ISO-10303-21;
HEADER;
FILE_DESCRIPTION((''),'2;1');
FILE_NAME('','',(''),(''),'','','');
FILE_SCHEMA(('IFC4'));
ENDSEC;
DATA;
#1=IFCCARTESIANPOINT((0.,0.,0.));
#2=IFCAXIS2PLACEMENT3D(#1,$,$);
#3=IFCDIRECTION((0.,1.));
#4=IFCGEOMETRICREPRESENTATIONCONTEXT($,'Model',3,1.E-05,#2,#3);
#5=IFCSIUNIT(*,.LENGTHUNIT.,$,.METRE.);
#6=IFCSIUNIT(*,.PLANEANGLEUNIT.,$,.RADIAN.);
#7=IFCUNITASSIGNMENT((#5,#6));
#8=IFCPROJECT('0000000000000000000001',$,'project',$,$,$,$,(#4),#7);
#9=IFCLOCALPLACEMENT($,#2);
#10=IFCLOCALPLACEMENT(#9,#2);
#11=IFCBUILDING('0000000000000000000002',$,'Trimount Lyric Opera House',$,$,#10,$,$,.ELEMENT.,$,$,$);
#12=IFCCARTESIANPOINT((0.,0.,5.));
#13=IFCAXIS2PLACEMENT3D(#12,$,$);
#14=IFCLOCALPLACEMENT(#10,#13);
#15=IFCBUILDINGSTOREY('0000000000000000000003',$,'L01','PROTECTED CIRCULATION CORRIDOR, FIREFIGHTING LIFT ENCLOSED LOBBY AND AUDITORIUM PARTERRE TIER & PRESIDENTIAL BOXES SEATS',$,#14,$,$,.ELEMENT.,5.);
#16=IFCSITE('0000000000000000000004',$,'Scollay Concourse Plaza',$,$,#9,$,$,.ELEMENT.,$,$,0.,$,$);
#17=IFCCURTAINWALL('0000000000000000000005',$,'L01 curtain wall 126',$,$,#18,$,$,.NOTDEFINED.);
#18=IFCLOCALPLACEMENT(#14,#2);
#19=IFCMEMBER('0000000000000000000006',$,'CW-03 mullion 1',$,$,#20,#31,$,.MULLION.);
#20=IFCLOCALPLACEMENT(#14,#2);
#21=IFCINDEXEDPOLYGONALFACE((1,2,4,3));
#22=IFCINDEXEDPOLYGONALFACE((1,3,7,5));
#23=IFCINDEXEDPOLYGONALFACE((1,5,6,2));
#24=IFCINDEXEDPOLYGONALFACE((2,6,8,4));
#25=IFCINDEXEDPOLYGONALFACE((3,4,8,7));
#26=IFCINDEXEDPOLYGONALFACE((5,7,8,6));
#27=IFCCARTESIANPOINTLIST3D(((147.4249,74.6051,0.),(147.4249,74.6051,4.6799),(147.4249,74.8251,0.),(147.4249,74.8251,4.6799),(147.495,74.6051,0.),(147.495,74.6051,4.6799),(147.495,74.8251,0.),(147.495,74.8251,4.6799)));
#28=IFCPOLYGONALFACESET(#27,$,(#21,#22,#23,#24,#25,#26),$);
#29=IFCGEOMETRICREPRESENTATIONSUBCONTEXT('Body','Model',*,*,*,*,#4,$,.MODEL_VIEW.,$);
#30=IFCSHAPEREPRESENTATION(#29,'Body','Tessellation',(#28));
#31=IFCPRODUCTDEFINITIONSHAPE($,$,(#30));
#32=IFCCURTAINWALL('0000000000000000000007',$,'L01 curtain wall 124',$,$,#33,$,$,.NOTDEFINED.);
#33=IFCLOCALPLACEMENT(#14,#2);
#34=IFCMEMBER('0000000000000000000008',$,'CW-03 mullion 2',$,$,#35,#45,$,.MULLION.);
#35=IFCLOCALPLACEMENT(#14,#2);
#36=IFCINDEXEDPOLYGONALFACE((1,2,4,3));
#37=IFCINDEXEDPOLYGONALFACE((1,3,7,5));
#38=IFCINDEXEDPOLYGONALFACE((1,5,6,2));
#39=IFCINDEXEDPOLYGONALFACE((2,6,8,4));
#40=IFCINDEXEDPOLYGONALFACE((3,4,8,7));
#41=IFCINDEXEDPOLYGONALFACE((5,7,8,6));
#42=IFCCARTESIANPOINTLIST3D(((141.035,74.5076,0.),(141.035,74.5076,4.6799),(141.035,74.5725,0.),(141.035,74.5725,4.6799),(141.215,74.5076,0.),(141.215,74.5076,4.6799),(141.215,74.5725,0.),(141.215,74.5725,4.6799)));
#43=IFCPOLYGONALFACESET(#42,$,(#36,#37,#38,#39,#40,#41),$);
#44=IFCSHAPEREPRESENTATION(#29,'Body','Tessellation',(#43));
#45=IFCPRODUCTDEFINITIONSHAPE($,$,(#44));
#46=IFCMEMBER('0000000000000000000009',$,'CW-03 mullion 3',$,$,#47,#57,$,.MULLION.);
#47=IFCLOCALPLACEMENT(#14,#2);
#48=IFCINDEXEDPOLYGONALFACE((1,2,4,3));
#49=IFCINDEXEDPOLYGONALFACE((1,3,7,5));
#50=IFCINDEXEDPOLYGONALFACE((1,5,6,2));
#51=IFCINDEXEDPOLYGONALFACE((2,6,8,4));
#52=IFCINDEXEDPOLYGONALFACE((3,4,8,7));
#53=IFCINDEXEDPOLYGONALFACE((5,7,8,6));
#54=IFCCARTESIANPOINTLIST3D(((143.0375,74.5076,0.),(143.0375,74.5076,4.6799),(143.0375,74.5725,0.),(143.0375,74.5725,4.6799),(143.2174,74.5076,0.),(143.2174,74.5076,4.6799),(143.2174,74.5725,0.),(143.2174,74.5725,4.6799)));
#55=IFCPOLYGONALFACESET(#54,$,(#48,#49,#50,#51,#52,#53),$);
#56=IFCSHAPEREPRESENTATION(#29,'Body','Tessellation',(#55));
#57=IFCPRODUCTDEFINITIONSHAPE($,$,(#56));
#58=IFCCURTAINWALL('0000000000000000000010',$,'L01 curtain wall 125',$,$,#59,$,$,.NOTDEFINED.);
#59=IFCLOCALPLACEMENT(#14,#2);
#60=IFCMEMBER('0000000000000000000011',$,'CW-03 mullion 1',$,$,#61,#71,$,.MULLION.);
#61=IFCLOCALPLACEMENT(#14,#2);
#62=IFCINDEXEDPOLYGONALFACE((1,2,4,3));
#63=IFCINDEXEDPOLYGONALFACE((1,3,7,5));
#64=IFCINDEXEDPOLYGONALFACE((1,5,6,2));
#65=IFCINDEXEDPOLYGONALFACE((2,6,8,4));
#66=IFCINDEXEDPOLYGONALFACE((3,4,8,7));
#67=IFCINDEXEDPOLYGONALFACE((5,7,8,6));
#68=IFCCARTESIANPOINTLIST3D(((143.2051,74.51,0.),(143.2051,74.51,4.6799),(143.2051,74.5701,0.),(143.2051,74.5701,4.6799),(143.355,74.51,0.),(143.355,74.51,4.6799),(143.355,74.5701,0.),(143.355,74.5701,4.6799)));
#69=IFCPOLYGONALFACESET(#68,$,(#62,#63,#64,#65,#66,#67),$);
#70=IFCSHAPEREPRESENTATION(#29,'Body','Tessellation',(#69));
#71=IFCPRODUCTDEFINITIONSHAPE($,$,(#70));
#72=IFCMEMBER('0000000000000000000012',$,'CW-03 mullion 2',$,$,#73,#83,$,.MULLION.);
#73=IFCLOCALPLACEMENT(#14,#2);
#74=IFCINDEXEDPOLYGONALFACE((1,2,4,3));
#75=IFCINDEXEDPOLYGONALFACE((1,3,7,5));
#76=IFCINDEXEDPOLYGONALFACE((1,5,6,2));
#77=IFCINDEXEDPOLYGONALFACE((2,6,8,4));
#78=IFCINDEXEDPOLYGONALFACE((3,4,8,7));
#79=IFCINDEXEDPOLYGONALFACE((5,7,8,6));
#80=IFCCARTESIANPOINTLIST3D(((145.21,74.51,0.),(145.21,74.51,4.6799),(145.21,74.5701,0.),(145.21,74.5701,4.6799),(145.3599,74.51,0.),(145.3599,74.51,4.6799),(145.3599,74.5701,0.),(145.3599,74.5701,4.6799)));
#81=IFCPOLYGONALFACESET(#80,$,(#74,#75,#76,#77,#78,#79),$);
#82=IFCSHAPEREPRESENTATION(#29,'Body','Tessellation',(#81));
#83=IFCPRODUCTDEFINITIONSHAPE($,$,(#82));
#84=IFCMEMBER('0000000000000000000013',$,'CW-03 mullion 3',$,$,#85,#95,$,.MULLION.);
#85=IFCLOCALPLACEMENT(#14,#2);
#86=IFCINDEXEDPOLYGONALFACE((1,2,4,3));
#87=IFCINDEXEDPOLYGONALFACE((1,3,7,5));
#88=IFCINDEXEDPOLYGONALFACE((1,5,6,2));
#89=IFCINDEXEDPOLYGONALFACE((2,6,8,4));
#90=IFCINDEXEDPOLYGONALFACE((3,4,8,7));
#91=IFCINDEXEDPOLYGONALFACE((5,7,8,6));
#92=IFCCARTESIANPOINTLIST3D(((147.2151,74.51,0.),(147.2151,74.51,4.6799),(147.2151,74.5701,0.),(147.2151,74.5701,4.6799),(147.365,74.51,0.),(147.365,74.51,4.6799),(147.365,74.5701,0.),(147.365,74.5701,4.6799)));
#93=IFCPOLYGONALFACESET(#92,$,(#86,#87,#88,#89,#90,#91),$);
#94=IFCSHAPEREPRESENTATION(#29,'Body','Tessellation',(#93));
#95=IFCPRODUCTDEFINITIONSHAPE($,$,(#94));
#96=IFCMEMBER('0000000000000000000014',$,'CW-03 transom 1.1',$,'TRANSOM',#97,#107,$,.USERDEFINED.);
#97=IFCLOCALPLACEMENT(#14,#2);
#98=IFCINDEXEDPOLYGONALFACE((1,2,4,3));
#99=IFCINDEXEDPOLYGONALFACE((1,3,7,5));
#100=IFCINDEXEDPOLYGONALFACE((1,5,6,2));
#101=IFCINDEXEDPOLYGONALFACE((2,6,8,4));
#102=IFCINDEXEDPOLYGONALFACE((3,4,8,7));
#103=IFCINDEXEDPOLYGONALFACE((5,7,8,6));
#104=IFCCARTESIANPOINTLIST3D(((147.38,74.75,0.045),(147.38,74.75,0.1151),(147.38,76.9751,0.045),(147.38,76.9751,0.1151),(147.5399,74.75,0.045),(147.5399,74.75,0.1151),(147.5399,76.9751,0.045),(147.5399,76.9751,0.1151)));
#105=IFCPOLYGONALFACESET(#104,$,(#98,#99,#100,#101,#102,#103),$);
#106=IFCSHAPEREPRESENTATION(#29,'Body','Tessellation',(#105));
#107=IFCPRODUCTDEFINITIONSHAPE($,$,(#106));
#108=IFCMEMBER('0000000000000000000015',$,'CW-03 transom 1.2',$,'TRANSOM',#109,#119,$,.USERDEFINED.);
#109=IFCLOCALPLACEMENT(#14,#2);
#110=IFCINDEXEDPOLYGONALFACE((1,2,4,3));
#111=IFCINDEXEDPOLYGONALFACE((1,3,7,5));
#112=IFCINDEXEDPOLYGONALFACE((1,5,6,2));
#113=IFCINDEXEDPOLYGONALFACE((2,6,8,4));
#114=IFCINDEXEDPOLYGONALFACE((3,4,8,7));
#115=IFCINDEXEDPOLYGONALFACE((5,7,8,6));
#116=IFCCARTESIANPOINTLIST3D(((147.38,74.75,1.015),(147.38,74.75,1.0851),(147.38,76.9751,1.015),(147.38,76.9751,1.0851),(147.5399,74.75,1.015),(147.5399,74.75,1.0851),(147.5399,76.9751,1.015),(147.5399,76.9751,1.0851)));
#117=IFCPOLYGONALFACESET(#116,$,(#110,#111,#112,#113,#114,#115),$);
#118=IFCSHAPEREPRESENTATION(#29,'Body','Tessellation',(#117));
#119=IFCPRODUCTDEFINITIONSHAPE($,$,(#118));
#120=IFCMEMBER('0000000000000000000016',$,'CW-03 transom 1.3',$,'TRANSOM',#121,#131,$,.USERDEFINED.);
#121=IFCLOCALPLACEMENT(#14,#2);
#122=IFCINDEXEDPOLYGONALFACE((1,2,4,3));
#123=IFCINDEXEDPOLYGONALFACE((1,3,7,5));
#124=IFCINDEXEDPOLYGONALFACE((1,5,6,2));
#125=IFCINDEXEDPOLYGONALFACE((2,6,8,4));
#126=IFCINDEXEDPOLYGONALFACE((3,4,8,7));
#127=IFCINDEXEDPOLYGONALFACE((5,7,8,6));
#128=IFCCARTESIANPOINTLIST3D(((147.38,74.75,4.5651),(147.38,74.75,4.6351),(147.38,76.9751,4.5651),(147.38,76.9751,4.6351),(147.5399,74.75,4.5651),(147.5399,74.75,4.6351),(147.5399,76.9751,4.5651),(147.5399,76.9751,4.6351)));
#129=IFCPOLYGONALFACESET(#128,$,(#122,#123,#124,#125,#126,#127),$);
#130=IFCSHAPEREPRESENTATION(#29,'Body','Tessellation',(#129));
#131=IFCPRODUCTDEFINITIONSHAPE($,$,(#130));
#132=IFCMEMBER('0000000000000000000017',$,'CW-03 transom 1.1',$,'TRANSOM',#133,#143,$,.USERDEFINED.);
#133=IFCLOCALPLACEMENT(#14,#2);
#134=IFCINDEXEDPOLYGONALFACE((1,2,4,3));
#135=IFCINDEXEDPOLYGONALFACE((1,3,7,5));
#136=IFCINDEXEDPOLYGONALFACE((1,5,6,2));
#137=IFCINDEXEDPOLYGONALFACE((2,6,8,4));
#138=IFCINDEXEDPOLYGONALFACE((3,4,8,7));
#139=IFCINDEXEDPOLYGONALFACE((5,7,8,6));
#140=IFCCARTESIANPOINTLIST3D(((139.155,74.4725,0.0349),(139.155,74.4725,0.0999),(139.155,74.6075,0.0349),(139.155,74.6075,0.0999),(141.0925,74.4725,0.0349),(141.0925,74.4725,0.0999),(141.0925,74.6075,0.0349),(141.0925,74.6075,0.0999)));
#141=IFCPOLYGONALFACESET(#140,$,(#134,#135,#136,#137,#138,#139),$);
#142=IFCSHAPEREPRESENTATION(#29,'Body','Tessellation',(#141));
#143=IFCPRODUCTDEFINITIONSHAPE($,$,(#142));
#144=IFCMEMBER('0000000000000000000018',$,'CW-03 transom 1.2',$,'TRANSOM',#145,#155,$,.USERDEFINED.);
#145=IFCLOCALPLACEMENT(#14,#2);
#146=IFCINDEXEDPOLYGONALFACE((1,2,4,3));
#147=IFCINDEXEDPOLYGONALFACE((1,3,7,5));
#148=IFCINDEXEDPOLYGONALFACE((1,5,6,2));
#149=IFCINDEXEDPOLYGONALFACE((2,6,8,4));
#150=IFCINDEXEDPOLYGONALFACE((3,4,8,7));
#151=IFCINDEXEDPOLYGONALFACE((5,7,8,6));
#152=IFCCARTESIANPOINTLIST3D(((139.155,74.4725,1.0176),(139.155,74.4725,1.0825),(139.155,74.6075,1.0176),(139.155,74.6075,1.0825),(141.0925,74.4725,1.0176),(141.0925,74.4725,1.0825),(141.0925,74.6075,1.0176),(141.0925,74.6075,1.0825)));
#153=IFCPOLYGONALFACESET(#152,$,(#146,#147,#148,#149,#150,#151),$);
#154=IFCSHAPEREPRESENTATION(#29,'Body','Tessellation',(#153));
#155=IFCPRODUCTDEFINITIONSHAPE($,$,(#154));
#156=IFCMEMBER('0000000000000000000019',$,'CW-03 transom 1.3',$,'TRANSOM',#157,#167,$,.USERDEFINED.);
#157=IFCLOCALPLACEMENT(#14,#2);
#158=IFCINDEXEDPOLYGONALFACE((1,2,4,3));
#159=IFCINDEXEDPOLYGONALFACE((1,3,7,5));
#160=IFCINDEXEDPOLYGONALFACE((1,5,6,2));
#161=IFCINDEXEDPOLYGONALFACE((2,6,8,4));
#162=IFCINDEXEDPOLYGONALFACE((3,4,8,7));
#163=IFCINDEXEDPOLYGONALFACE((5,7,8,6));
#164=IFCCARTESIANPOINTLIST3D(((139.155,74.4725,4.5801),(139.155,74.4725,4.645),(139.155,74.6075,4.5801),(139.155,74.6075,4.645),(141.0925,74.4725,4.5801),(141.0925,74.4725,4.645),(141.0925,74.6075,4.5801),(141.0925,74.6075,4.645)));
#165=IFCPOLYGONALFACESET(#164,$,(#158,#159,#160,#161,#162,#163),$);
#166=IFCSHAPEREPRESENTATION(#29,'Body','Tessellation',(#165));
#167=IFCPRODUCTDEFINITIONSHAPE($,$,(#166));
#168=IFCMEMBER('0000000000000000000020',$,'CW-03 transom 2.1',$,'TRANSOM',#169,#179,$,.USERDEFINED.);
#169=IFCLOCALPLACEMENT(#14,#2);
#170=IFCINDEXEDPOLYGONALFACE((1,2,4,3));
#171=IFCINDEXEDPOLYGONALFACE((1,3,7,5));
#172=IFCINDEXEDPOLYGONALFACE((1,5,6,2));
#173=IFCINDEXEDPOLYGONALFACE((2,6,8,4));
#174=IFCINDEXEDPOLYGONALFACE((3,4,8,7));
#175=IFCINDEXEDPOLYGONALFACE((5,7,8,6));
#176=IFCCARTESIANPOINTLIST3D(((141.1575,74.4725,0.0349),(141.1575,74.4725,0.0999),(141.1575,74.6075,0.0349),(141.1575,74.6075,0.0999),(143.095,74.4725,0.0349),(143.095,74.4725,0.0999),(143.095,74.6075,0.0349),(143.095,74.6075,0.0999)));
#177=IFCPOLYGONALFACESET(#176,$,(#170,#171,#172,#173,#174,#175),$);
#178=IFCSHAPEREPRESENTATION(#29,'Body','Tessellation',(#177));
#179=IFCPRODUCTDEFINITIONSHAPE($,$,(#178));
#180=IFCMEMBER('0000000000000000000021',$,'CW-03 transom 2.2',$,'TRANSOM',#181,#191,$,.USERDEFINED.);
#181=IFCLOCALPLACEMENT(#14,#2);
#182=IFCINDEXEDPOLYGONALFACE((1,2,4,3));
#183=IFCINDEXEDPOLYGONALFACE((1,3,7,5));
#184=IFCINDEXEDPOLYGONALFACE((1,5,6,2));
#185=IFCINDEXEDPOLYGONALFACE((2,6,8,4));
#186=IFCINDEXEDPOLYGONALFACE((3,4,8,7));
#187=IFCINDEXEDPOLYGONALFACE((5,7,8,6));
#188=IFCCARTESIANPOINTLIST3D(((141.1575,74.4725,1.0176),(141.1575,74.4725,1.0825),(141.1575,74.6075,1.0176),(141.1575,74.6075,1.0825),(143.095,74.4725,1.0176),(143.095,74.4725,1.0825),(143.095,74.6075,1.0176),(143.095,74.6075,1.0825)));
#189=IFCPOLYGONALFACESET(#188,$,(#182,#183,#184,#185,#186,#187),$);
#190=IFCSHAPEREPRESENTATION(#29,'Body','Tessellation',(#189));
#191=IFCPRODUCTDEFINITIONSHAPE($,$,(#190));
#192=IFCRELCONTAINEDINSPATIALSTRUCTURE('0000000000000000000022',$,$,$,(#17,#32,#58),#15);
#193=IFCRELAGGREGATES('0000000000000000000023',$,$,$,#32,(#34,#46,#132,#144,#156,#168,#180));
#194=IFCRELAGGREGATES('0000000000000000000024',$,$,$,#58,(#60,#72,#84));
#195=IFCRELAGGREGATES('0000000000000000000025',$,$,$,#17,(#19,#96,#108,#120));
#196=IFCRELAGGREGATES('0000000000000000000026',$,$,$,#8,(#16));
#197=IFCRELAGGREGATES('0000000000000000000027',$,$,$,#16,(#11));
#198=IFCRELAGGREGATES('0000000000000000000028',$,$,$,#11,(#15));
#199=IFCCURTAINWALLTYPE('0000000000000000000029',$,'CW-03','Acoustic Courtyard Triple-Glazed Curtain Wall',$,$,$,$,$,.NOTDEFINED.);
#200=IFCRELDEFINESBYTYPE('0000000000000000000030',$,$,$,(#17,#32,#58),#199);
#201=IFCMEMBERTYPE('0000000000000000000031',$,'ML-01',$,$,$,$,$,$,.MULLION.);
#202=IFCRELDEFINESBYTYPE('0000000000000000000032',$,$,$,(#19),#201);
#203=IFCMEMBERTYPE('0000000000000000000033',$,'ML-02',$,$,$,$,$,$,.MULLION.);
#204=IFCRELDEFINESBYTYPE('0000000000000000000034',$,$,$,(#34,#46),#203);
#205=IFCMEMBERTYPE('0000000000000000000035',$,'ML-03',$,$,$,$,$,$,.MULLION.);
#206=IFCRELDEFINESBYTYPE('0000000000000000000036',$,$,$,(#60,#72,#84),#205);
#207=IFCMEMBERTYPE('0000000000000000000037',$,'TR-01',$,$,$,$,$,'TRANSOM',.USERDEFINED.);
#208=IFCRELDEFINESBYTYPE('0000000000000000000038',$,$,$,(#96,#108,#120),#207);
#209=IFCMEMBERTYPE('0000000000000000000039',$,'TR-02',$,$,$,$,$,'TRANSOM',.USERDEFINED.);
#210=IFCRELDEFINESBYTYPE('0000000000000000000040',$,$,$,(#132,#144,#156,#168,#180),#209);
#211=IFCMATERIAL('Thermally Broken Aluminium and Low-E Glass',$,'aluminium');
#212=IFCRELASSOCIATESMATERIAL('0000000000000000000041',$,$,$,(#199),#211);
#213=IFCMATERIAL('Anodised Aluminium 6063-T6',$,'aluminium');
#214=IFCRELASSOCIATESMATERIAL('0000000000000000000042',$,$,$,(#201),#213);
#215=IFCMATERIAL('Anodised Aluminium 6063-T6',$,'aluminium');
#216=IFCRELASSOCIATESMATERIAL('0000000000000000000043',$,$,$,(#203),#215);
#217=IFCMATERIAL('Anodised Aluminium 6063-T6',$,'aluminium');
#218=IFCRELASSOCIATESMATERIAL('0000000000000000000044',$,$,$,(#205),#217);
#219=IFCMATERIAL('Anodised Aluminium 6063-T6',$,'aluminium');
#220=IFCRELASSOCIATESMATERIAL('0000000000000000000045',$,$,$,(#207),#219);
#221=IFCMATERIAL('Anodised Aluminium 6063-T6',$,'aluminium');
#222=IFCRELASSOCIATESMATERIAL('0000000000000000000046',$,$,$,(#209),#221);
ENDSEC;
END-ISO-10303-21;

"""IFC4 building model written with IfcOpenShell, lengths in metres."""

from ifc_helpers import new_model, si_unit, direction, frame, origin, origin_2d, place, context, subcontext, project, spatial, rectangle, extrude, material, material_profile, profile_set, type_object, element, aggregate, save


model = new_model("IFC4")

# Units and contexts
model_context = context("Model", 3, precision=1e-05, world=origin(), true_north=direction((0.0, 1.0)))
body_context = subcontext(model_context, "Body", "Model", "MODEL_VIEW")
ifc_project = project(units=[si_unit("LENGTHUNIT", "METRE"), si_unit("PLANEANGLEUNIT", "RADIAN")], contexts=[model_context])

# Site, building, storey
site_placement = place(None, origin())
site = spatial("IfcSite", under=ifc_project, at=site_placement, Name="Scollay Concourse Plaza", CompositionType="ELEMENT", RefElevation=0.0)
building_placement = place(site_placement, origin())
building = spatial("IfcBuilding", under=site, at=building_placement, Name="Trimount Lyric Opera House", CompositionType="ELEMENT")
storey_placement = place(building_placement, frame((0.0, 0.0, 5.0)))
storey = spatial("IfcBuildingStorey", under=building, at=storey_placement, Name="L01", Description="PROTECTED CIRCULATION CORRIDOR, FIREFIGHTING LIFT ENCLOSED LOBBY AND AUDITORIUM PARTERRE TIER & PRESIDENTIAL BOXES SEATS", CompositionType="ELEMENT", Elevation=5.0)

# Curtain wall, member
ifc_material_1 = material(Name="Thermally Broken Aluminium and Low-E Glass", Category="aluminium")
curtain_wall_type = type_object("IfcCurtainWallType", Name="CW-03", Description="Acoustic Courtyard Triple-Glazed Curtain Wall", PredefinedType="NOTDEFINED", material=ifc_material_1)
curtain_wall_1_placement = place(storey_placement, origin())
curtain_wall_1 = element("IfcCurtainWall", 1, at=curtain_wall_1_placement, inside=storey, type_object=curtain_wall_type, Name="L01 curtain wall 126", PredefinedType="NOTDEFINED")
ifc_material_2 = material(Name="Anodised Aluminium 6063-T6", Category="aluminium")
ifc_material_profile_1 = material_profile(ifc_material_2, rectangle(XDim=0.0701, YDim=0.22, at=origin_2d()), Name="ALU-MULL-70X220")
ifc_profile_set_1 = profile_set([ifc_material_profile_1], Name="Anodised Aluminium 6063-T6")
member_type_1 = type_object("IfcMemberType", Name="ML-01", PredefinedType="MULLION", material=ifc_profile_set_1)
member_1_placement = place(storey_placement, frame((147.46, 74.7151, 0.0), z_axis=(0.0, 0.0, 1.0), x_axis=(-1.0, 0.0, 0.0)))
member_1 = element("IfcMember", 2, at=member_1_placement, type_object=member_type_1, Name="CW-03 mullion 1", PredefinedType="MULLION", context=body_context, shape_type="SweptSolid", body=[
    extrude(rectangle(XDim=0.0701, YDim=0.22, at=origin_2d()), origin(), (0.0, 0.0, 1.0), 4.6799),
])

# Curtain walls, members
curtain_wall_2_placement = place(storey_placement, origin())
curtain_wall_2 = element("IfcCurtainWall", 3, at=curtain_wall_2_placement, inside=storey, type_object=curtain_wall_type, Name="L01 curtain wall 124", PredefinedType="NOTDEFINED")
ifc_material_3 = material(Name="Anodised Aluminium 6063-T6", Category="aluminium")
ifc_material_profile_2 = material_profile(ifc_material_3, rectangle(XDim=0.0649, YDim=0.1799, at=origin_2d()), Name="ALU-MULL-65X180")
ifc_profile_set_2 = profile_set([ifc_material_profile_2], Name="Anodised Aluminium 6063-T6")
member_type_2 = type_object("IfcMemberType", Name="ML-02", PredefinedType="MULLION", material=ifc_profile_set_2)
member_2_placement = place(storey_placement, frame((141.125, 74.54, 0.0), z_axis=(0.0, 0.0, 1.0), x_axis=(0.0, 1.0, 0.0)))
member_2 = element("IfcMember", 4, at=member_2_placement, type_object=member_type_2, Name="CW-03 mullion 2", PredefinedType="MULLION", context=body_context, shape_type="SweptSolid", body=[
    extrude(rectangle(XDim=0.0649, YDim=0.1799, at=origin_2d()), origin(), (0.0, 0.0, 1.0), 4.6799),
])
member_3_placement = place(storey_placement, frame((143.1274, 74.54, 0.0), z_axis=(0.0, 0.0, 1.0), x_axis=(0.0, 1.0, 0.0)))
member_3 = element("IfcMember", 5, at=member_3_placement, type_object=member_type_2, Name="CW-03 mullion 3", PredefinedType="MULLION", context=body_context, shape_type="SweptSolid", body=[
    extrude(rectangle(XDim=0.0649, YDim=0.1799, at=origin_2d()), origin(), (0.0, 0.0, 1.0), 4.6799),
])
curtain_wall_3_placement = place(storey_placement, origin())
curtain_wall_3 = element("IfcCurtainWall", 6, at=curtain_wall_3_placement, inside=storey, type_object=curtain_wall_type, Name="L01 curtain wall 125", PredefinedType="NOTDEFINED")
ifc_material_4 = material(Name="Anodised Aluminium 6063-T6", Category="aluminium")
ifc_material_profile_3 = material_profile(ifc_material_4, rectangle(XDim=0.0601, YDim=0.1499, at=origin_2d()), Name="ALU-MULL-60X150")
ifc_profile_set_3 = profile_set([ifc_material_profile_3], Name="Anodised Aluminium 6063-T6")
member_type_3 = type_object("IfcMemberType", Name="ML-03", PredefinedType="MULLION", material=ifc_profile_set_3)
member_4_placement = place(storey_placement, frame((143.28, 74.54, 0.0), z_axis=(0.0, 0.0, 1.0), x_axis=(0.0, 1.0, 0.0)))
member_4 = element("IfcMember", 7, at=member_4_placement, type_object=member_type_3, Name="CW-03 mullion 1", PredefinedType="MULLION", context=body_context, shape_type="SweptSolid", body=[
    extrude(rectangle(XDim=0.0601, YDim=0.1499, at=origin_2d()), origin(), (0.0, 0.0, 1.0), 4.6799),
])
member_5_placement = place(storey_placement, frame((145.2849, 74.54, 0.0), z_axis=(0.0, 0.0, 1.0), x_axis=(0.0, 1.0, 0.0)))
member_5 = element("IfcMember", 8, at=member_5_placement, type_object=member_type_3, Name="CW-03 mullion 2", PredefinedType="MULLION", context=body_context, shape_type="SweptSolid", body=[
    extrude(rectangle(XDim=0.0601, YDim=0.1499, at=origin_2d()), origin(), (0.0, 0.0, 1.0), 4.6799),
])
member_6_placement = place(storey_placement, frame((147.29, 74.54, 0.0), z_axis=(0.0, 0.0, 1.0), x_axis=(0.0, 1.0, 0.0)))
member_6 = element("IfcMember", 9, at=member_6_placement, type_object=member_type_3, Name="CW-03 mullion 3", PredefinedType="MULLION", context=body_context, shape_type="SweptSolid", body=[
    extrude(rectangle(XDim=0.0601, YDim=0.1499, at=origin_2d()), origin(), (0.0, 0.0, 1.0), 4.6799),
])

# Members
ifc_material_5 = material(Name="Anodised Aluminium 6063-T6", Category="aluminium")
ifc_material_profile_4 = material_profile(ifc_material_5, rectangle(XDim=0.1599, YDim=0.0701, at=origin_2d()), Name="ALU-TRAN-70X160")
ifc_profile_set_4 = profile_set([ifc_material_profile_4], Name="Anodised Aluminium 6063-T6")
member_type_4 = type_object("IfcMemberType", Name="TR-01", ElementType="TRANSOM", PredefinedType="USERDEFINED", material=ifc_profile_set_4)
member_7_placement = place(storey_placement, frame((147.46, 74.75, 0.0801), z_axis=(0.0, 1.0, 0.0), x_axis=(-1.0, 0.0, 0.0)))
member_7 = element("IfcMember", 10, at=member_7_placement, type_object=member_type_4, Name="CW-03 transom 1.1", ObjectType="TRANSOM", PredefinedType="USERDEFINED", context=body_context, shape_type="SweptSolid", body=[
    extrude(rectangle(XDim=0.1599, YDim=0.0701, at=origin_2d()), origin(), (0.0, 0.0, 1.0), 2.2251),
])
member_8_placement = place(storey_placement, frame((147.46, 74.75, 1.05), z_axis=(0.0, 1.0, 0.0), x_axis=(-1.0, 0.0, 0.0)))
member_8 = element("IfcMember", 11, at=member_8_placement, type_object=member_type_4, Name="CW-03 transom 1.2", ObjectType="TRANSOM", PredefinedType="USERDEFINED", context=body_context, shape_type="SweptSolid", body=[
    extrude(rectangle(XDim=0.1599, YDim=0.0701, at=origin_2d()), origin(), (0.0, 0.0, 1.0), 2.2251),
])
member_9_placement = place(storey_placement, frame((147.46, 74.75, 4.6001), z_axis=(0.0, 1.0, 0.0), x_axis=(-1.0, 0.0, 0.0)))
member_9 = element("IfcMember", 12, at=member_9_placement, type_object=member_type_4, Name="CW-03 transom 1.3", ObjectType="TRANSOM", PredefinedType="USERDEFINED", context=body_context, shape_type="SweptSolid", body=[
    extrude(rectangle(XDim=0.1599, YDim=0.0701, at=origin_2d()), origin(), (0.0, 0.0, 1.0), 2.2251),
])
ifc_material_6 = material(Name="Anodised Aluminium 6063-T6", Category="aluminium")
ifc_material_profile_5 = material_profile(ifc_material_6, rectangle(XDim=0.135, YDim=0.0649, at=origin_2d()), Name="ALU-TRAN-65X135")
ifc_profile_set_5 = profile_set([ifc_material_profile_5], Name="Anodised Aluminium 6063-T6")
member_type_5 = type_object("IfcMemberType", Name="TR-02", ElementType="TRANSOM", PredefinedType="USERDEFINED", material=ifc_profile_set_5)
member_10_placement = place(storey_placement, frame((139.155, 74.54, 0.0674), z_axis=(1.0, 0.0, 0.0), x_axis=(0.0, 1.0, 0.0)))
member_10 = element("IfcMember", 13, at=member_10_placement, type_object=member_type_5, Name="CW-03 transom 1.1", ObjectType="TRANSOM", PredefinedType="USERDEFINED", context=body_context, shape_type="SweptSolid", body=[
    extrude(rectangle(XDim=0.135, YDim=0.0649, at=origin_2d()), origin(), (0.0, 0.0, 1.0), 1.9375),
])
member_11_placement = place(storey_placement, frame((139.155, 74.54, 1.05), z_axis=(1.0, 0.0, 0.0), x_axis=(0.0, 1.0, 0.0)))
member_11 = element("IfcMember", 14, at=member_11_placement, type_object=member_type_5, Name="CW-03 transom 1.2", ObjectType="TRANSOM", PredefinedType="USERDEFINED", context=body_context, shape_type="SweptSolid", body=[
    extrude(rectangle(XDim=0.135, YDim=0.0649, at=origin_2d()), origin(), (0.0, 0.0, 1.0), 1.9375),
])
member_12_placement = place(storey_placement, frame((139.155, 74.54, 4.6125), z_axis=(1.0, 0.0, 0.0), x_axis=(0.0, 1.0, 0.0)))
member_12 = element("IfcMember", 15, at=member_12_placement, type_object=member_type_5, Name="CW-03 transom 1.3", ObjectType="TRANSOM", PredefinedType="USERDEFINED", context=body_context, shape_type="SweptSolid", body=[
    extrude(rectangle(XDim=0.135, YDim=0.0649, at=origin_2d()), origin(), (0.0, 0.0, 1.0), 1.9375),
])
member_13_placement = place(storey_placement, frame((141.1575, 74.54, 0.0674), z_axis=(1.0, 0.0, 0.0), x_axis=(0.0, 1.0, 0.0)))
member_13 = element("IfcMember", 16, at=member_13_placement, type_object=member_type_5, Name="CW-03 transom 2.1", ObjectType="TRANSOM", PredefinedType="USERDEFINED", context=body_context, shape_type="SweptSolid", body=[
    extrude(rectangle(XDim=0.135, YDim=0.0649, at=origin_2d()), origin(), (0.0, 0.0, 1.0), 1.9375),
])
member_14_placement = place(storey_placement, frame((141.1575, 74.54, 1.05), z_axis=(1.0, 0.0, 0.0), x_axis=(0.0, 1.0, 0.0)))
member_14 = element("IfcMember", 17, at=member_14_placement, type_object=member_type_5, Name="CW-03 transom 2.2", ObjectType="TRANSOM", PredefinedType="USERDEFINED", context=body_context, shape_type="SweptSolid", body=[
    extrude(rectangle(XDim=0.135, YDim=0.0649, at=origin_2d()), origin(), (0.0, 0.0, 1.0), 1.9375),
])

aggregate(curtain_wall_2, [member_2, member_3, member_10, member_11, member_12, member_13, member_14])
aggregate(curtain_wall_3, [member_4, member_5, member_6])
aggregate(curtain_wall_1, [member_1, member_7, member_8, member_9])

save(model, "model.ifc")
